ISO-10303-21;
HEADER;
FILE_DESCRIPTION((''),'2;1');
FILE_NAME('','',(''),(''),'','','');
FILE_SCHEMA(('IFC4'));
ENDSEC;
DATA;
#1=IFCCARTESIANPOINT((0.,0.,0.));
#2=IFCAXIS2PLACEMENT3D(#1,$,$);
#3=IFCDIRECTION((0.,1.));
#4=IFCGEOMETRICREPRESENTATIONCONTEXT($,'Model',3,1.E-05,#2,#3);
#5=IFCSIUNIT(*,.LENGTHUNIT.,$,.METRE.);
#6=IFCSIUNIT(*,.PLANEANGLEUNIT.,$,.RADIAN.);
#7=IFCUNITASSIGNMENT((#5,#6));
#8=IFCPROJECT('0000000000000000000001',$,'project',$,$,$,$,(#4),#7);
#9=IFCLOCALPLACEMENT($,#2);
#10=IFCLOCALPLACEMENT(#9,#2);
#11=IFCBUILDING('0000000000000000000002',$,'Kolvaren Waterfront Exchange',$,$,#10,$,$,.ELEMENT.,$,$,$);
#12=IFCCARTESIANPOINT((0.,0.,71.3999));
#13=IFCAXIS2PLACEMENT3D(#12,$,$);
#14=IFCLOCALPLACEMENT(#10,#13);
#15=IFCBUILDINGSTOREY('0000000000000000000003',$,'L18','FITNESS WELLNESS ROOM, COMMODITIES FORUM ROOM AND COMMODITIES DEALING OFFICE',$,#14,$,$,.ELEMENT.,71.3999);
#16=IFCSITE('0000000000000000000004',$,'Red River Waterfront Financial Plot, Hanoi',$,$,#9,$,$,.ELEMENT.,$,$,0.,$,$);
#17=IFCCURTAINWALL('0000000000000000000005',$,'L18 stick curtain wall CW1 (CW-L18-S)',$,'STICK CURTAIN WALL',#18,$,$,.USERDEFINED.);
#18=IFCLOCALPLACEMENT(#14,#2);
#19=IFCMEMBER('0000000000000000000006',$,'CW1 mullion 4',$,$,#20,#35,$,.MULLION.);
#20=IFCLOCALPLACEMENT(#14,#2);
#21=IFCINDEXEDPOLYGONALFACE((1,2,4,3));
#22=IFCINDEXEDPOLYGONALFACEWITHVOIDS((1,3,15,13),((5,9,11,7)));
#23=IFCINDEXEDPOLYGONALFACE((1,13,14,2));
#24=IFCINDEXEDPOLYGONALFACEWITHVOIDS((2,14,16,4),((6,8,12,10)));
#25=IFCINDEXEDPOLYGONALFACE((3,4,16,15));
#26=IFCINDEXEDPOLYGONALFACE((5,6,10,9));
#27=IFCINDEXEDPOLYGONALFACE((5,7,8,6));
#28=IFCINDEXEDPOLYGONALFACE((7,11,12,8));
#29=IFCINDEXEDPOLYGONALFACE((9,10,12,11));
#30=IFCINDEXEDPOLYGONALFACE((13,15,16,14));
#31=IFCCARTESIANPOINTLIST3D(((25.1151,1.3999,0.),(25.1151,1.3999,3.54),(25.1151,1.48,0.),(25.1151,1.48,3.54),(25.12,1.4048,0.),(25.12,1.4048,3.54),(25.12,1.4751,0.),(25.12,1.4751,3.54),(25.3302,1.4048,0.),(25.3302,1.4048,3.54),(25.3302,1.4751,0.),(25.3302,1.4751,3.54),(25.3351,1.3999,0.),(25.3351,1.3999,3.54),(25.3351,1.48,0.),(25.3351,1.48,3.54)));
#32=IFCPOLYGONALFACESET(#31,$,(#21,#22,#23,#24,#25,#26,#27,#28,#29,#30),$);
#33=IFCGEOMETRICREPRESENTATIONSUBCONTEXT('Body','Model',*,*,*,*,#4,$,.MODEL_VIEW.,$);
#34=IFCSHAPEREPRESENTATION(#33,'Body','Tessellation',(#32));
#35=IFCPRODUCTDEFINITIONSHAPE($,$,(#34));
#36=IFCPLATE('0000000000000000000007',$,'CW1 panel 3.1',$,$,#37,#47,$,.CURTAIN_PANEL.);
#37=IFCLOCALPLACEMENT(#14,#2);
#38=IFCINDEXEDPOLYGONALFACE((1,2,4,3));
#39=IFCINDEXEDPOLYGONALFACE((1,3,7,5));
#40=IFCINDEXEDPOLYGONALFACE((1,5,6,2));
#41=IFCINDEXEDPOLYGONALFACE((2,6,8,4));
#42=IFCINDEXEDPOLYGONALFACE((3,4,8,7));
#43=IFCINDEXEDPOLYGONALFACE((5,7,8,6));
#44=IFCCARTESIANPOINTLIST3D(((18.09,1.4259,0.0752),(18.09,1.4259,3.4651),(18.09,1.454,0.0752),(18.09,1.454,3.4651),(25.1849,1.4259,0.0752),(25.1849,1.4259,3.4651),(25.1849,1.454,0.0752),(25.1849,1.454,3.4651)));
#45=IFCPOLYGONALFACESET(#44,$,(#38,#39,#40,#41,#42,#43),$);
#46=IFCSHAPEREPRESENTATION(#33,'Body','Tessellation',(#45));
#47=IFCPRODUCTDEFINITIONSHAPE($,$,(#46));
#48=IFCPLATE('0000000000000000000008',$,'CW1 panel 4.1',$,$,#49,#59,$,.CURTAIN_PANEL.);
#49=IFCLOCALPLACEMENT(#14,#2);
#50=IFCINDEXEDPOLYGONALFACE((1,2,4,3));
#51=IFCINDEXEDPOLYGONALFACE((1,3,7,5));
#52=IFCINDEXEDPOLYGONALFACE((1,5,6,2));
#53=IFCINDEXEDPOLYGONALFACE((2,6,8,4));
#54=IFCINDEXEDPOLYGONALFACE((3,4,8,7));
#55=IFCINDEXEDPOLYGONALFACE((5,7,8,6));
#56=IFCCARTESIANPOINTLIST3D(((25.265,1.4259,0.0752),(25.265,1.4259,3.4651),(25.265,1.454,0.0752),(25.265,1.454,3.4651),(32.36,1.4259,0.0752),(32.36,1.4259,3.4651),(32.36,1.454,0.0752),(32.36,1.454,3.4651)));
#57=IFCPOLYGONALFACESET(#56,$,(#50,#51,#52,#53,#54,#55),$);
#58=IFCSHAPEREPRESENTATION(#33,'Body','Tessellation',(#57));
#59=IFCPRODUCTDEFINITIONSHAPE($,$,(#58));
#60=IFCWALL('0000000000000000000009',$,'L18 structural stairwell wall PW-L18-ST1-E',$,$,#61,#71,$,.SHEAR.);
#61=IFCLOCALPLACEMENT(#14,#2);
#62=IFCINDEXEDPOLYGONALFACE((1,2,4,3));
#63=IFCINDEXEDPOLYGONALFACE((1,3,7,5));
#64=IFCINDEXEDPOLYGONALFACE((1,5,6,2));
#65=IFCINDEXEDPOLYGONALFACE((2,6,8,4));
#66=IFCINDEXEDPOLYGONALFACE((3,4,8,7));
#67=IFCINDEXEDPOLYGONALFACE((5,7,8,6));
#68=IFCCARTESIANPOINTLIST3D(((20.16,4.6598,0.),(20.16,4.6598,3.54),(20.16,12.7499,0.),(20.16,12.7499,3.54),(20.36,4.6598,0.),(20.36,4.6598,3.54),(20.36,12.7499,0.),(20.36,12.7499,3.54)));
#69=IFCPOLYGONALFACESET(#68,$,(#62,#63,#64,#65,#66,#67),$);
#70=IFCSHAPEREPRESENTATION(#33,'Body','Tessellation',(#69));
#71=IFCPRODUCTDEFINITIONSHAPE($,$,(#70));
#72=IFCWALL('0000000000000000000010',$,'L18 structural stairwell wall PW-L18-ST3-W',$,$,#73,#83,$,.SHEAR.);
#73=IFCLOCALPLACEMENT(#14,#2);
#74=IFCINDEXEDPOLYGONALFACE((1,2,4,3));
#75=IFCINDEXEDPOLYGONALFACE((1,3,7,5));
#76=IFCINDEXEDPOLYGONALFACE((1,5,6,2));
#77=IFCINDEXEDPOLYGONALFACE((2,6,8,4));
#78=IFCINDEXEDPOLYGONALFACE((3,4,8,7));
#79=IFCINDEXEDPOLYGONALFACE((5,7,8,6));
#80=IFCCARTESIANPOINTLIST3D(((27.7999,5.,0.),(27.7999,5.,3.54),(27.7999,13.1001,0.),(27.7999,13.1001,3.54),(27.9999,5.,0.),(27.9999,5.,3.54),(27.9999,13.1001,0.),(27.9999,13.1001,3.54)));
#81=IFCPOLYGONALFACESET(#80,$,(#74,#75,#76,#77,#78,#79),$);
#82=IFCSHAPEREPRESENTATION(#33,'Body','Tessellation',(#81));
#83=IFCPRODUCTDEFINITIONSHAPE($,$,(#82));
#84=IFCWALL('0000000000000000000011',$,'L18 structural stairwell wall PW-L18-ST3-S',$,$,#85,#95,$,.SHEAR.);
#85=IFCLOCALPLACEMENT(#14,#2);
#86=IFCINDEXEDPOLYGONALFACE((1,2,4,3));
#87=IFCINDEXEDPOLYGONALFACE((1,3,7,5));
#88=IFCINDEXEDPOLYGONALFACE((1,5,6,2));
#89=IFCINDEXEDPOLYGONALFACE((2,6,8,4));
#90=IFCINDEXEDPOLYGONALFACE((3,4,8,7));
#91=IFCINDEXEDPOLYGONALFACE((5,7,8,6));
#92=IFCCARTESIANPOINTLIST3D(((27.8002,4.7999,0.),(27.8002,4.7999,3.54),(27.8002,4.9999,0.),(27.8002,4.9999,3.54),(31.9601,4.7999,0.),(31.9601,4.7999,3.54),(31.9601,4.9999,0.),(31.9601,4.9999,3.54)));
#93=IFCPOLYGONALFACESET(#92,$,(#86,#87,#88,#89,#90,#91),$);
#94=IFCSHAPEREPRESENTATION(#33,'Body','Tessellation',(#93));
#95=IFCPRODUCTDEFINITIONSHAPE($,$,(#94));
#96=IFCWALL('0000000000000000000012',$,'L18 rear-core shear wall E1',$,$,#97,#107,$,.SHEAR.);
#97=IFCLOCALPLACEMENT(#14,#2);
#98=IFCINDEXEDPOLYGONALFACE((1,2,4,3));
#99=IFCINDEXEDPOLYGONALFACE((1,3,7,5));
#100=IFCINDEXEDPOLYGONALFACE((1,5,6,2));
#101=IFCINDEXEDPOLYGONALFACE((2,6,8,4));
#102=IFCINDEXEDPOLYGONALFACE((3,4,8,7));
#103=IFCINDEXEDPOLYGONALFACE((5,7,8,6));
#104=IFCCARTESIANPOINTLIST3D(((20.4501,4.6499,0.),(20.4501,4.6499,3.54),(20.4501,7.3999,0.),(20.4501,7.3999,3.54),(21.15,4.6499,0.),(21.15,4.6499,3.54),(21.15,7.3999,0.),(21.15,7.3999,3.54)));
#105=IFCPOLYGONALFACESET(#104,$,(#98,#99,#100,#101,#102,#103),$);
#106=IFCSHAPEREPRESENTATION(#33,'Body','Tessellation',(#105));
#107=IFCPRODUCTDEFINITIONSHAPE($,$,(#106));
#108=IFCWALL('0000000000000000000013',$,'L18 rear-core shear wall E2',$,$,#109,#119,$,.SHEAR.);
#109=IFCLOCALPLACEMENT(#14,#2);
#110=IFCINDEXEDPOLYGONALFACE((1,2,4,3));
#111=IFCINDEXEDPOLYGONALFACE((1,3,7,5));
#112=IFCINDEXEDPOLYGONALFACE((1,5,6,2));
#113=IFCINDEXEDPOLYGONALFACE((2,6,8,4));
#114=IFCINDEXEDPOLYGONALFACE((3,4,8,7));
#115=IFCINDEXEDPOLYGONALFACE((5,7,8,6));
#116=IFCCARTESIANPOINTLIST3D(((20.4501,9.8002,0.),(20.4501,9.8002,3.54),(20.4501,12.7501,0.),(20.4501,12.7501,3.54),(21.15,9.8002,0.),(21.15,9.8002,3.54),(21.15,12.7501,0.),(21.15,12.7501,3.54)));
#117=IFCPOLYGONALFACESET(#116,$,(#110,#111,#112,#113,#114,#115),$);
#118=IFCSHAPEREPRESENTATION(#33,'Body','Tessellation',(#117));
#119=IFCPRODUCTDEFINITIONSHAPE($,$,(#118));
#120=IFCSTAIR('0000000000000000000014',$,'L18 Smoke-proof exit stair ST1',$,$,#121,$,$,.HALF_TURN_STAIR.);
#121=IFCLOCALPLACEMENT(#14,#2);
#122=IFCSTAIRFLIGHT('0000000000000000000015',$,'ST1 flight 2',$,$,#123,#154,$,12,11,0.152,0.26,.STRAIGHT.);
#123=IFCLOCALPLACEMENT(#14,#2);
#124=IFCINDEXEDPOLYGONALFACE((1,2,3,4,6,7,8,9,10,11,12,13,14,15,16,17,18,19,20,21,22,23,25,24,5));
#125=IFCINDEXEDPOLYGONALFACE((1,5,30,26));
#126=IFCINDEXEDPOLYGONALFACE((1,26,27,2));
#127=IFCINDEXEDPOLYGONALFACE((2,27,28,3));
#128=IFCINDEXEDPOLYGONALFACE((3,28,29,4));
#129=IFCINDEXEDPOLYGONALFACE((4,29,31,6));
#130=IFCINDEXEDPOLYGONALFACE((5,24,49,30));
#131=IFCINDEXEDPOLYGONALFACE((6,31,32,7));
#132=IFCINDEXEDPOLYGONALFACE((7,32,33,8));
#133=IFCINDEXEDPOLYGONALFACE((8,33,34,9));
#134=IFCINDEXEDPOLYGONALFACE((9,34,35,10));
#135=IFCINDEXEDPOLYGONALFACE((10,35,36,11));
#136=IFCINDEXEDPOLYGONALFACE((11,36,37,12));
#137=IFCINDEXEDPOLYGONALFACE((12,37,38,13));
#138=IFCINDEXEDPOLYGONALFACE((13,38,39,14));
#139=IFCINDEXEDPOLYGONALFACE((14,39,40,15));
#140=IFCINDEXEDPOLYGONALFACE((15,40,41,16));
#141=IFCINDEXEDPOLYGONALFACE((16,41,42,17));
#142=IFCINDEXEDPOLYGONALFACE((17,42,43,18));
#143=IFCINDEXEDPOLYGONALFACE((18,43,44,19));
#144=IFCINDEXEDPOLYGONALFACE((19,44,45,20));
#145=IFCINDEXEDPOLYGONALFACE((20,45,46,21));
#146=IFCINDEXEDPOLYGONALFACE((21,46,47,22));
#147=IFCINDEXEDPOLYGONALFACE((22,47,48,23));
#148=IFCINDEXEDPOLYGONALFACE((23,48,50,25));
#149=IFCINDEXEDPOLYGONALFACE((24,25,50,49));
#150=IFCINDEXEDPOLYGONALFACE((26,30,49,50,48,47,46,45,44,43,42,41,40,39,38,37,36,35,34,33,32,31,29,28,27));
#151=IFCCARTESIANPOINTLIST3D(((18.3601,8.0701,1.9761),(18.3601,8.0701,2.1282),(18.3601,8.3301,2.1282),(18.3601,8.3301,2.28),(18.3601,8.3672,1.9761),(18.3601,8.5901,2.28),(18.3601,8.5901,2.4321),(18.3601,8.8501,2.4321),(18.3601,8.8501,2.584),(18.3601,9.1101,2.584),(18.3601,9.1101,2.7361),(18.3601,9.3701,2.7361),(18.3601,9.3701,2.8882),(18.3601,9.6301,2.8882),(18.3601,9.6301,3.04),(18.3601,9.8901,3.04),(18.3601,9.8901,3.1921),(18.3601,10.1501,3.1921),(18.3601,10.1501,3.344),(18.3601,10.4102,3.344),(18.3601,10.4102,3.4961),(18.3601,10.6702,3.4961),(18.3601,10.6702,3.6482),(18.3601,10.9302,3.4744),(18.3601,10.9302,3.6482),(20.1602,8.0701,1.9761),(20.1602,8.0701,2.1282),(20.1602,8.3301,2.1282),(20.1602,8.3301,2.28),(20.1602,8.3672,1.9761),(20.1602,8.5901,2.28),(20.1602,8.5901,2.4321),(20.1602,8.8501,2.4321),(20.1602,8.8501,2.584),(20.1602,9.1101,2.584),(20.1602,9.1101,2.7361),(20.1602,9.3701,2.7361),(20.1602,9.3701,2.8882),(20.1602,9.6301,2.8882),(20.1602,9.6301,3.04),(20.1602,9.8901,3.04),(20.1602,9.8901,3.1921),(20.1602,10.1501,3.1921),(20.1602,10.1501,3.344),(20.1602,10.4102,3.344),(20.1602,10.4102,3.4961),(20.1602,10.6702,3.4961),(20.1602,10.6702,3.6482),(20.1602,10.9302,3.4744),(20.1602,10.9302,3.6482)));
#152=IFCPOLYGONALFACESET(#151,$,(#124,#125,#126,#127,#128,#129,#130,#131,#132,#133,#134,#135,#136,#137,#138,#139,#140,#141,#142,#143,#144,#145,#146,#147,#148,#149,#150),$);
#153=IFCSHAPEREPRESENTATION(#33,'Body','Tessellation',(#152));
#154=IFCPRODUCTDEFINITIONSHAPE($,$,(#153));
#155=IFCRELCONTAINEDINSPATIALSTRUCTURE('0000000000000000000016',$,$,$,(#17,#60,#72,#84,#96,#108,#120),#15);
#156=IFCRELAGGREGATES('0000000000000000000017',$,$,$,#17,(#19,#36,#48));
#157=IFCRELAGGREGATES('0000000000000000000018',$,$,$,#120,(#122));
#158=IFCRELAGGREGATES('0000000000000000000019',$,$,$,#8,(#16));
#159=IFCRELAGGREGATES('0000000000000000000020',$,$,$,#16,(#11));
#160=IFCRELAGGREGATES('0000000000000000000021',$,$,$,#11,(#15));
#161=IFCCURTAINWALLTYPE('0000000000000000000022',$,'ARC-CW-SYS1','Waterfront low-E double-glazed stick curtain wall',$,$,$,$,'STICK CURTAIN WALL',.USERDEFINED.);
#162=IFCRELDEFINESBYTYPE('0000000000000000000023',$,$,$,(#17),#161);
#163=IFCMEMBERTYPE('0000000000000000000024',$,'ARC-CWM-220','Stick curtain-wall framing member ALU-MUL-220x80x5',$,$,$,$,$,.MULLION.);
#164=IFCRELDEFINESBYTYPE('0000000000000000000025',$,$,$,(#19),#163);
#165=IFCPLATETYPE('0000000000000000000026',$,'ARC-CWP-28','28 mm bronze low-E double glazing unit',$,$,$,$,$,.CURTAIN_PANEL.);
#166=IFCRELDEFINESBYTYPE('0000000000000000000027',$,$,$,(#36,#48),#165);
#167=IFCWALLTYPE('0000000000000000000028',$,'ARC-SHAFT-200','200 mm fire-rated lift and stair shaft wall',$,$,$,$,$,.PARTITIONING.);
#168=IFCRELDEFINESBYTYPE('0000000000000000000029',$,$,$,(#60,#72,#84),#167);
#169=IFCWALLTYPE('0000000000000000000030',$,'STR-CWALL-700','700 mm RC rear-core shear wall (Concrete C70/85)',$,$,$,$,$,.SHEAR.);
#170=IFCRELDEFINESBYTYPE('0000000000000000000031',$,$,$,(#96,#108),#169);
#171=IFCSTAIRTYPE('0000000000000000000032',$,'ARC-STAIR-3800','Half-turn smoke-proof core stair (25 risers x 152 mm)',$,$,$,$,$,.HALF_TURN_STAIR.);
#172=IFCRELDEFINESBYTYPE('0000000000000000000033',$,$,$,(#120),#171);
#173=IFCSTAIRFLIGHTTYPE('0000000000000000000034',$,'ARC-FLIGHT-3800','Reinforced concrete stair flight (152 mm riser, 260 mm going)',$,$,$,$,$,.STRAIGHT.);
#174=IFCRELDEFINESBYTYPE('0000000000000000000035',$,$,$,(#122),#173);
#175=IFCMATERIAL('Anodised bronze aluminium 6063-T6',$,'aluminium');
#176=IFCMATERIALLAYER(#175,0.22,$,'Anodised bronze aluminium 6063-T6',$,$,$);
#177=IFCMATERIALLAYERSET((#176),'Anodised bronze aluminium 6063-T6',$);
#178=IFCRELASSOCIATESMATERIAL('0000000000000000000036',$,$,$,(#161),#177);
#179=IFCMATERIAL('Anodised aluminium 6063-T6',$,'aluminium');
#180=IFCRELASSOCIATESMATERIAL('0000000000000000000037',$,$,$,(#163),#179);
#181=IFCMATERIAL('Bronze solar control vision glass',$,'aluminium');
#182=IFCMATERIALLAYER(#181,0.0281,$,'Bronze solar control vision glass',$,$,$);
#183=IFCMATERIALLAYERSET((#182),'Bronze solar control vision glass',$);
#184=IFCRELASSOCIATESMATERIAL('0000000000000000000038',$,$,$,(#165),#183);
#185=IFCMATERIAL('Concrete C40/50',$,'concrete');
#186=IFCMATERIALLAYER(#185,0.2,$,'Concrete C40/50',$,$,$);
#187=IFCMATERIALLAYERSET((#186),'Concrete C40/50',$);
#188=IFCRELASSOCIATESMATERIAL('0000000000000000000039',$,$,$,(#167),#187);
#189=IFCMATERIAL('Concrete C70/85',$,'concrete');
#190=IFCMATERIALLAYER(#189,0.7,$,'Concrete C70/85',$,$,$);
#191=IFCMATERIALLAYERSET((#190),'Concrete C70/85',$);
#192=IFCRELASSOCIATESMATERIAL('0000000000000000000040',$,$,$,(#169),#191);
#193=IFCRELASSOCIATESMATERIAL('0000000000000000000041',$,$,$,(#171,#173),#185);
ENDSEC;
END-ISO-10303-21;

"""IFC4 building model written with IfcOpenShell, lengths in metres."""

from ifc_helpers import new_model, si_unit, direction, frame, frame_2d, origin, origin_with_axes, origin_2d, place, context, subcontext, project, spatial, polyline, rectangle, hollow_rectangle, outline, extrude, source, transform, mapped, material, layer, layer_set, material_profile, profile_set, type_object, element, aggregate, save


model = new_model("IFC4")

# Units and contexts
model_context = context("Model", 3, precision=1e-05, world=origin(), true_north=direction((0.0, 1.0)))
body_context = subcontext(model_context, "Body", "Model", "MODEL_VIEW")
ifc_project = project(units=[si_unit("LENGTHUNIT", "METRE"), si_unit("PLANEANGLEUNIT", "RADIAN")], contexts=[model_context])

# Site, building, storey
site_placement = place(None, origin())
site = spatial("IfcSite", under=ifc_project, at=site_placement, Name="Red River Waterfront Financial Plot, Hanoi", CompositionType="ELEMENT", RefElevation=0.0)
building_placement = place(site_placement, origin())
building = spatial("IfcBuilding", under=site, at=building_placement, Name="Kolvaren Waterfront Exchange", CompositionType="ELEMENT")
storey_placement = place(building_placement, frame((0.0, 0.0, 71.3999)))
storey = spatial("IfcBuildingStorey", under=building, at=storey_placement, Name="L18", Description="FITNESS WELLNESS ROOM, COMMODITIES FORUM ROOM AND COMMODITIES DEALING OFFICE", CompositionType="ELEMENT", Elevation=71.3999)

# Shared definitions
ifc_material_1 = material(Name="Concrete C70/85", Category="concrete")

# Curtain wall, member, plates
ifc_material_2 = material(Name="Anodised bronze aluminium 6063-T6", Category="aluminium")
ifc_layer_1 = layer(ifc_material_2, 0.22, Name="Anodised bronze aluminium 6063-T6")
ifc_layer_set_1 = layer_set([ifc_layer_1], Name="Anodised bronze aluminium 6063-T6")
curtain_wall_type = type_object("IfcCurtainWallType", Name="ARC-CW-SYS1", Description="Waterfront low-E double-glazed stick curtain wall", ElementType="STICK CURTAIN WALL", PredefinedType="USERDEFINED", material=ifc_layer_set_1)
curtain_wall_placement = place(storey_placement, origin())
curtain_wall = element("IfcCurtainWall", 1, at=curtain_wall_placement, inside=storey, type_object=curtain_wall_type, Name="L18 stick curtain wall CW1 (CW-L18-S)", ObjectType="STICK CURTAIN WALL", PredefinedType="USERDEFINED")
ifc_material_3 = material(Name="Anodised aluminium 6063-T6", Category="aluminium")
ifc_material_profile_1 = material_profile(ifc_material_3, hollow_rectangle(XDim=0.0801, YDim=0.22, WallThickness=0.0049, at=origin_2d()), Name="ALU-MUL-220x80x5")
ifc_profile_set_1 = profile_set([ifc_material_profile_1], Name="Anodised aluminium 6063-T6")
member_type_1 = type_object("IfcMemberType", Name="ARC-CWM-220", Description="Stick curtain-wall framing member ALU-MUL-220x80x5", PredefinedType="MULLION", material=ifc_profile_set_1)
shared_shape_1 = source(origin_with_axes(), body_context, "Body", "SweptSolid", [
    extrude(hollow_rectangle(XDim=0.0801, YDim=0.22, WallThickness=0.0049, at=origin_2d()), origin(), (0.0, 0.0, 1.0), 3.54),
])
member_1_placement = place(storey_placement, frame((25.2251, 1.4399, 0.0), z_axis=(0.0, 0.0, 1.0), x_axis=(0.0, 1.0, 0.0)))
member_1 = element("IfcMember", 2, at=member_1_placement, type_object=member_type_1, Name="CW1 mullion 4", PredefinedType="MULLION", context=body_context, shape_type="MappedRepresentation", body=[
    mapped(shared_shape_1, transform((0.0, 0.0, 0.0), x_axis=(1.0, 0.0, 0.0), y_axis=(0.0, 1.0, 0.0), z_axis=(0.0, 0.0, 1.0), scale=1.0)),
])
ifc_material_4 = material(Name="Bronze solar control vision glass", Category="aluminium")
ifc_layer_2 = layer(ifc_material_4, 0.0281, Name="Bronze solar control vision glass")
ifc_layer_set_2 = layer_set([ifc_layer_2], Name="Bronze solar control vision glass")
plate_type = type_object("IfcPlateType", Name="ARC-CWP-28", Description="28 mm bronze low-E double glazing unit", PredefinedType="CURTAIN_PANEL", material=ifc_layer_set_2)
shared_shape_2 = source(origin_with_axes(), body_context, "Body", "SweptSolid", [
    extrude(rectangle(XDim=7.095, YDim=0.0281, at=origin_2d()), origin(), (0.0, 0.0, 1.0), 3.3899),
])
plate_1_placement = place(storey_placement, frame((21.6375, 1.4399, 0.0752), z_axis=(0.0, 0.0, 1.0), x_axis=(1.0, 0.0, 0.0)))
plate_1 = element("IfcPlate", 3, at=plate_1_placement, type_object=plate_type, Name="CW1 panel 3.1", PredefinedType="CURTAIN_PANEL", context=body_context, shape_type="MappedRepresentation", body=[
    mapped(shared_shape_2, transform((0.0, 0.0, 0.0), x_axis=(1.0, 0.0, 0.0), y_axis=(0.0, 1.0, 0.0), z_axis=(0.0, 0.0, 1.0), scale=1.0)),
])
plate_2_placement = place(storey_placement, frame((28.8125, 1.4399, 0.0752), z_axis=(0.0, 0.0, 1.0), x_axis=(1.0, 0.0, 0.0)))
plate_2 = element("IfcPlate", 4, at=plate_2_placement, type_object=plate_type, Name="CW1 panel 4.1", PredefinedType="CURTAIN_PANEL", context=body_context, shape_type="MappedRepresentation", body=[
    mapped(shared_shape_2, transform((0.0, 0.0, 0.0), x_axis=(1.0, 0.0, 0.0), y_axis=(0.0, 1.0, 0.0), z_axis=(0.0, 0.0, 1.0), scale=1.0)),
])
aggregate(curtain_wall, [member_1, plate_1, plate_2])

# Walls
ifc_material_5 = material(Name="Concrete C40/50", Category="concrete")
ifc_layer_3 = layer(ifc_material_5, 0.2, Name="Concrete C40/50")
ifc_layer_set_3 = layer_set([ifc_layer_3], Name="Concrete C40/50")
wall_type_1 = type_object("IfcWallType", Name="ARC-SHAFT-200", Description="200 mm fire-rated lift and stair shaft wall", PredefinedType="PARTITIONING", material=ifc_layer_set_3)
wall_1_placement = place(storey_placement, frame((20.26, 4.6599, 0.0), z_axis=(0.0, 0.0, 1.0), x_axis=(0.0, 1.0, 0.0)))
element("IfcWall", 5, at=wall_1_placement, inside=storey, type_object=wall_type_1, Name="L18 structural stairwell wall PW-L18-ST1-E", PredefinedType="SHEAR", context=body_context, shape_type="SweptSolid", body=[
    extrude(rectangle(XDim=8.0901, YDim=0.2, at=frame_2d((4.0449, 0.0))), origin(), (0.0, 0.0, 1.0), 3.54),
])
wall_2_placement = place(storey_placement, frame((27.8999, 5.0, 0.0), z_axis=(0.0, 0.0, 1.0), x_axis=(0.0, 1.0, 0.0)))
element("IfcWall", 6, at=wall_2_placement, inside=storey, type_object=wall_type_1, Name="L18 structural stairwell wall PW-L18-ST3-W", PredefinedType="SHEAR", context=body_context, shape_type="SweptSolid", body=[
    extrude(rectangle(XDim=8.1001, YDim=0.2, at=frame_2d((4.05, 0.0))), origin(), (0.0, 0.0, 1.0), 3.54),
])
wall_3_placement = place(storey_placement, frame((27.8, 4.8999, 0.0), z_axis=(0.0, 0.0, 1.0), x_axis=(1.0, 0.0, 0.0)))
element("IfcWall", 7, at=wall_3_placement, inside=storey, type_object=wall_type_1, Name="L18 structural stairwell wall PW-L18-ST3-S", PredefinedType="SHEAR", context=body_context, shape_type="SweptSolid", body=[
    extrude(rectangle(XDim=4.1599, YDim=0.2, at=frame_2d((2.0801, 0.0))), origin(), (0.0, 0.0, 1.0), 3.54),
])
ifc_layer_4 = layer(ifc_material_1, 0.7, Name="Concrete C70/85")
ifc_layer_set_4 = layer_set([ifc_layer_4], Name="Concrete C70/85")
wall_type_2 = type_object("IfcWallType", Name="STR-CWALL-700", Description="700 mm RC rear-core shear wall (Concrete C70/85)", PredefinedType="SHEAR", material=ifc_layer_set_4)
wall_4_placement = place(storey_placement, frame((20.8, 4.6499, 0.0), z_axis=(0.0, 0.0, 1.0), x_axis=(0.0, 1.0, 0.0)))
element("IfcWall", 8, at=wall_4_placement, inside=storey, type_object=wall_type_2, Name="L18 rear-core shear wall E1", PredefinedType="SHEAR", context=body_context, shape_type="SweptSolid", body=[
    extrude(rectangle(XDim=2.75, YDim=0.7, at=frame_2d((1.375, 0.0))), origin(), (0.0, 0.0, 1.0), 3.54),
])
wall_5_placement = place(storey_placement, frame((20.8, 9.8, 0.0), z_axis=(0.0, 0.0, 1.0), x_axis=(0.0, 1.0, 0.0)))
element("IfcWall", 9, at=wall_5_placement, inside=storey, type_object=wall_type_2, Name="L18 rear-core shear wall E2", PredefinedType="SHEAR", context=body_context, shape_type="SweptSolid", body=[
    extrude(rectangle(XDim=2.95, YDim=0.7, at=frame_2d((1.4751, 0.0))), origin(), (0.0, 0.0, 1.0), 3.54),
])

# Stair, stair flight
stair_type = type_object("IfcStairType", Name="ARC-STAIR-3800", Description="Half-turn smoke-proof core stair (25 risers x 152 mm)", PredefinedType="HALF_TURN_STAIR", material=ifc_material_5)
stair_1_placement = place(storey_placement, origin())
stair_1 = element("IfcStair", 10, at=stair_1_placement, inside=storey, type_object=stair_type, Name="L18 Smoke-proof exit stair ST1", PredefinedType="HALF_TURN_STAIR")
stair_flight_type = type_object("IfcStairFlightType", Name="ARC-FLIGHT-3800", Description="Reinforced concrete stair flight (152 mm riser, 260 mm going)", PredefinedType="STRAIGHT", material=ifc_material_5)
stair_flight_1_placement = place(storey_placement, frame((19.26, 8.0701, 1.9761), z_axis=(0.0, 0.0, 1.0), x_axis=(0.0, 1.0, 0.0)))
stair_flight_1 = element("IfcStairFlight", 11, at=stair_flight_1_placement, type_object=stair_flight_type, Name="ST1 flight 2", NumberOfRisers=12, NumberOfTreads=11, PredefinedType="STRAIGHT", RiserHeight=0.152, TreadLength=0.26, context=body_context, shape_type="SweptSolid", body=[
    extrude(outline(polyline([(0.0, 0.0), (0.0, 0.1521), (0.26, 0.1521), (0.26, 0.304), (0.52, 0.304), (0.52, 0.4561), (0.78, 0.4561), (0.78, 0.6079), (1.04, 0.6079), (1.04, 0.76), (1.3, 0.76), (1.3, 0.9121), (1.5601, 0.9121), (1.5601, 1.064), (1.8201, 1.064), (1.8201, 1.2161), (2.0801, 1.2161), (2.0801, 1.3679), (2.3401, 1.3679), (2.3401, 1.52), (2.6001, 1.52), (2.6001, 1.6721), (2.8601, 1.6721), (2.8601, 1.824), (2.8601, 1.4983), (0.2971, 0.0), (0.0, 0.0)])), frame((0.0, 0.8999, 0.0), z_axis=(0.0, -1.0, 0.0), x_axis=(1.0, 0.0, 0.0)), (0.0, 0.0, 1.0), 1.8),
])
aggregate(stair_1, [stair_flight_1])

save(model, "model.ifc")
